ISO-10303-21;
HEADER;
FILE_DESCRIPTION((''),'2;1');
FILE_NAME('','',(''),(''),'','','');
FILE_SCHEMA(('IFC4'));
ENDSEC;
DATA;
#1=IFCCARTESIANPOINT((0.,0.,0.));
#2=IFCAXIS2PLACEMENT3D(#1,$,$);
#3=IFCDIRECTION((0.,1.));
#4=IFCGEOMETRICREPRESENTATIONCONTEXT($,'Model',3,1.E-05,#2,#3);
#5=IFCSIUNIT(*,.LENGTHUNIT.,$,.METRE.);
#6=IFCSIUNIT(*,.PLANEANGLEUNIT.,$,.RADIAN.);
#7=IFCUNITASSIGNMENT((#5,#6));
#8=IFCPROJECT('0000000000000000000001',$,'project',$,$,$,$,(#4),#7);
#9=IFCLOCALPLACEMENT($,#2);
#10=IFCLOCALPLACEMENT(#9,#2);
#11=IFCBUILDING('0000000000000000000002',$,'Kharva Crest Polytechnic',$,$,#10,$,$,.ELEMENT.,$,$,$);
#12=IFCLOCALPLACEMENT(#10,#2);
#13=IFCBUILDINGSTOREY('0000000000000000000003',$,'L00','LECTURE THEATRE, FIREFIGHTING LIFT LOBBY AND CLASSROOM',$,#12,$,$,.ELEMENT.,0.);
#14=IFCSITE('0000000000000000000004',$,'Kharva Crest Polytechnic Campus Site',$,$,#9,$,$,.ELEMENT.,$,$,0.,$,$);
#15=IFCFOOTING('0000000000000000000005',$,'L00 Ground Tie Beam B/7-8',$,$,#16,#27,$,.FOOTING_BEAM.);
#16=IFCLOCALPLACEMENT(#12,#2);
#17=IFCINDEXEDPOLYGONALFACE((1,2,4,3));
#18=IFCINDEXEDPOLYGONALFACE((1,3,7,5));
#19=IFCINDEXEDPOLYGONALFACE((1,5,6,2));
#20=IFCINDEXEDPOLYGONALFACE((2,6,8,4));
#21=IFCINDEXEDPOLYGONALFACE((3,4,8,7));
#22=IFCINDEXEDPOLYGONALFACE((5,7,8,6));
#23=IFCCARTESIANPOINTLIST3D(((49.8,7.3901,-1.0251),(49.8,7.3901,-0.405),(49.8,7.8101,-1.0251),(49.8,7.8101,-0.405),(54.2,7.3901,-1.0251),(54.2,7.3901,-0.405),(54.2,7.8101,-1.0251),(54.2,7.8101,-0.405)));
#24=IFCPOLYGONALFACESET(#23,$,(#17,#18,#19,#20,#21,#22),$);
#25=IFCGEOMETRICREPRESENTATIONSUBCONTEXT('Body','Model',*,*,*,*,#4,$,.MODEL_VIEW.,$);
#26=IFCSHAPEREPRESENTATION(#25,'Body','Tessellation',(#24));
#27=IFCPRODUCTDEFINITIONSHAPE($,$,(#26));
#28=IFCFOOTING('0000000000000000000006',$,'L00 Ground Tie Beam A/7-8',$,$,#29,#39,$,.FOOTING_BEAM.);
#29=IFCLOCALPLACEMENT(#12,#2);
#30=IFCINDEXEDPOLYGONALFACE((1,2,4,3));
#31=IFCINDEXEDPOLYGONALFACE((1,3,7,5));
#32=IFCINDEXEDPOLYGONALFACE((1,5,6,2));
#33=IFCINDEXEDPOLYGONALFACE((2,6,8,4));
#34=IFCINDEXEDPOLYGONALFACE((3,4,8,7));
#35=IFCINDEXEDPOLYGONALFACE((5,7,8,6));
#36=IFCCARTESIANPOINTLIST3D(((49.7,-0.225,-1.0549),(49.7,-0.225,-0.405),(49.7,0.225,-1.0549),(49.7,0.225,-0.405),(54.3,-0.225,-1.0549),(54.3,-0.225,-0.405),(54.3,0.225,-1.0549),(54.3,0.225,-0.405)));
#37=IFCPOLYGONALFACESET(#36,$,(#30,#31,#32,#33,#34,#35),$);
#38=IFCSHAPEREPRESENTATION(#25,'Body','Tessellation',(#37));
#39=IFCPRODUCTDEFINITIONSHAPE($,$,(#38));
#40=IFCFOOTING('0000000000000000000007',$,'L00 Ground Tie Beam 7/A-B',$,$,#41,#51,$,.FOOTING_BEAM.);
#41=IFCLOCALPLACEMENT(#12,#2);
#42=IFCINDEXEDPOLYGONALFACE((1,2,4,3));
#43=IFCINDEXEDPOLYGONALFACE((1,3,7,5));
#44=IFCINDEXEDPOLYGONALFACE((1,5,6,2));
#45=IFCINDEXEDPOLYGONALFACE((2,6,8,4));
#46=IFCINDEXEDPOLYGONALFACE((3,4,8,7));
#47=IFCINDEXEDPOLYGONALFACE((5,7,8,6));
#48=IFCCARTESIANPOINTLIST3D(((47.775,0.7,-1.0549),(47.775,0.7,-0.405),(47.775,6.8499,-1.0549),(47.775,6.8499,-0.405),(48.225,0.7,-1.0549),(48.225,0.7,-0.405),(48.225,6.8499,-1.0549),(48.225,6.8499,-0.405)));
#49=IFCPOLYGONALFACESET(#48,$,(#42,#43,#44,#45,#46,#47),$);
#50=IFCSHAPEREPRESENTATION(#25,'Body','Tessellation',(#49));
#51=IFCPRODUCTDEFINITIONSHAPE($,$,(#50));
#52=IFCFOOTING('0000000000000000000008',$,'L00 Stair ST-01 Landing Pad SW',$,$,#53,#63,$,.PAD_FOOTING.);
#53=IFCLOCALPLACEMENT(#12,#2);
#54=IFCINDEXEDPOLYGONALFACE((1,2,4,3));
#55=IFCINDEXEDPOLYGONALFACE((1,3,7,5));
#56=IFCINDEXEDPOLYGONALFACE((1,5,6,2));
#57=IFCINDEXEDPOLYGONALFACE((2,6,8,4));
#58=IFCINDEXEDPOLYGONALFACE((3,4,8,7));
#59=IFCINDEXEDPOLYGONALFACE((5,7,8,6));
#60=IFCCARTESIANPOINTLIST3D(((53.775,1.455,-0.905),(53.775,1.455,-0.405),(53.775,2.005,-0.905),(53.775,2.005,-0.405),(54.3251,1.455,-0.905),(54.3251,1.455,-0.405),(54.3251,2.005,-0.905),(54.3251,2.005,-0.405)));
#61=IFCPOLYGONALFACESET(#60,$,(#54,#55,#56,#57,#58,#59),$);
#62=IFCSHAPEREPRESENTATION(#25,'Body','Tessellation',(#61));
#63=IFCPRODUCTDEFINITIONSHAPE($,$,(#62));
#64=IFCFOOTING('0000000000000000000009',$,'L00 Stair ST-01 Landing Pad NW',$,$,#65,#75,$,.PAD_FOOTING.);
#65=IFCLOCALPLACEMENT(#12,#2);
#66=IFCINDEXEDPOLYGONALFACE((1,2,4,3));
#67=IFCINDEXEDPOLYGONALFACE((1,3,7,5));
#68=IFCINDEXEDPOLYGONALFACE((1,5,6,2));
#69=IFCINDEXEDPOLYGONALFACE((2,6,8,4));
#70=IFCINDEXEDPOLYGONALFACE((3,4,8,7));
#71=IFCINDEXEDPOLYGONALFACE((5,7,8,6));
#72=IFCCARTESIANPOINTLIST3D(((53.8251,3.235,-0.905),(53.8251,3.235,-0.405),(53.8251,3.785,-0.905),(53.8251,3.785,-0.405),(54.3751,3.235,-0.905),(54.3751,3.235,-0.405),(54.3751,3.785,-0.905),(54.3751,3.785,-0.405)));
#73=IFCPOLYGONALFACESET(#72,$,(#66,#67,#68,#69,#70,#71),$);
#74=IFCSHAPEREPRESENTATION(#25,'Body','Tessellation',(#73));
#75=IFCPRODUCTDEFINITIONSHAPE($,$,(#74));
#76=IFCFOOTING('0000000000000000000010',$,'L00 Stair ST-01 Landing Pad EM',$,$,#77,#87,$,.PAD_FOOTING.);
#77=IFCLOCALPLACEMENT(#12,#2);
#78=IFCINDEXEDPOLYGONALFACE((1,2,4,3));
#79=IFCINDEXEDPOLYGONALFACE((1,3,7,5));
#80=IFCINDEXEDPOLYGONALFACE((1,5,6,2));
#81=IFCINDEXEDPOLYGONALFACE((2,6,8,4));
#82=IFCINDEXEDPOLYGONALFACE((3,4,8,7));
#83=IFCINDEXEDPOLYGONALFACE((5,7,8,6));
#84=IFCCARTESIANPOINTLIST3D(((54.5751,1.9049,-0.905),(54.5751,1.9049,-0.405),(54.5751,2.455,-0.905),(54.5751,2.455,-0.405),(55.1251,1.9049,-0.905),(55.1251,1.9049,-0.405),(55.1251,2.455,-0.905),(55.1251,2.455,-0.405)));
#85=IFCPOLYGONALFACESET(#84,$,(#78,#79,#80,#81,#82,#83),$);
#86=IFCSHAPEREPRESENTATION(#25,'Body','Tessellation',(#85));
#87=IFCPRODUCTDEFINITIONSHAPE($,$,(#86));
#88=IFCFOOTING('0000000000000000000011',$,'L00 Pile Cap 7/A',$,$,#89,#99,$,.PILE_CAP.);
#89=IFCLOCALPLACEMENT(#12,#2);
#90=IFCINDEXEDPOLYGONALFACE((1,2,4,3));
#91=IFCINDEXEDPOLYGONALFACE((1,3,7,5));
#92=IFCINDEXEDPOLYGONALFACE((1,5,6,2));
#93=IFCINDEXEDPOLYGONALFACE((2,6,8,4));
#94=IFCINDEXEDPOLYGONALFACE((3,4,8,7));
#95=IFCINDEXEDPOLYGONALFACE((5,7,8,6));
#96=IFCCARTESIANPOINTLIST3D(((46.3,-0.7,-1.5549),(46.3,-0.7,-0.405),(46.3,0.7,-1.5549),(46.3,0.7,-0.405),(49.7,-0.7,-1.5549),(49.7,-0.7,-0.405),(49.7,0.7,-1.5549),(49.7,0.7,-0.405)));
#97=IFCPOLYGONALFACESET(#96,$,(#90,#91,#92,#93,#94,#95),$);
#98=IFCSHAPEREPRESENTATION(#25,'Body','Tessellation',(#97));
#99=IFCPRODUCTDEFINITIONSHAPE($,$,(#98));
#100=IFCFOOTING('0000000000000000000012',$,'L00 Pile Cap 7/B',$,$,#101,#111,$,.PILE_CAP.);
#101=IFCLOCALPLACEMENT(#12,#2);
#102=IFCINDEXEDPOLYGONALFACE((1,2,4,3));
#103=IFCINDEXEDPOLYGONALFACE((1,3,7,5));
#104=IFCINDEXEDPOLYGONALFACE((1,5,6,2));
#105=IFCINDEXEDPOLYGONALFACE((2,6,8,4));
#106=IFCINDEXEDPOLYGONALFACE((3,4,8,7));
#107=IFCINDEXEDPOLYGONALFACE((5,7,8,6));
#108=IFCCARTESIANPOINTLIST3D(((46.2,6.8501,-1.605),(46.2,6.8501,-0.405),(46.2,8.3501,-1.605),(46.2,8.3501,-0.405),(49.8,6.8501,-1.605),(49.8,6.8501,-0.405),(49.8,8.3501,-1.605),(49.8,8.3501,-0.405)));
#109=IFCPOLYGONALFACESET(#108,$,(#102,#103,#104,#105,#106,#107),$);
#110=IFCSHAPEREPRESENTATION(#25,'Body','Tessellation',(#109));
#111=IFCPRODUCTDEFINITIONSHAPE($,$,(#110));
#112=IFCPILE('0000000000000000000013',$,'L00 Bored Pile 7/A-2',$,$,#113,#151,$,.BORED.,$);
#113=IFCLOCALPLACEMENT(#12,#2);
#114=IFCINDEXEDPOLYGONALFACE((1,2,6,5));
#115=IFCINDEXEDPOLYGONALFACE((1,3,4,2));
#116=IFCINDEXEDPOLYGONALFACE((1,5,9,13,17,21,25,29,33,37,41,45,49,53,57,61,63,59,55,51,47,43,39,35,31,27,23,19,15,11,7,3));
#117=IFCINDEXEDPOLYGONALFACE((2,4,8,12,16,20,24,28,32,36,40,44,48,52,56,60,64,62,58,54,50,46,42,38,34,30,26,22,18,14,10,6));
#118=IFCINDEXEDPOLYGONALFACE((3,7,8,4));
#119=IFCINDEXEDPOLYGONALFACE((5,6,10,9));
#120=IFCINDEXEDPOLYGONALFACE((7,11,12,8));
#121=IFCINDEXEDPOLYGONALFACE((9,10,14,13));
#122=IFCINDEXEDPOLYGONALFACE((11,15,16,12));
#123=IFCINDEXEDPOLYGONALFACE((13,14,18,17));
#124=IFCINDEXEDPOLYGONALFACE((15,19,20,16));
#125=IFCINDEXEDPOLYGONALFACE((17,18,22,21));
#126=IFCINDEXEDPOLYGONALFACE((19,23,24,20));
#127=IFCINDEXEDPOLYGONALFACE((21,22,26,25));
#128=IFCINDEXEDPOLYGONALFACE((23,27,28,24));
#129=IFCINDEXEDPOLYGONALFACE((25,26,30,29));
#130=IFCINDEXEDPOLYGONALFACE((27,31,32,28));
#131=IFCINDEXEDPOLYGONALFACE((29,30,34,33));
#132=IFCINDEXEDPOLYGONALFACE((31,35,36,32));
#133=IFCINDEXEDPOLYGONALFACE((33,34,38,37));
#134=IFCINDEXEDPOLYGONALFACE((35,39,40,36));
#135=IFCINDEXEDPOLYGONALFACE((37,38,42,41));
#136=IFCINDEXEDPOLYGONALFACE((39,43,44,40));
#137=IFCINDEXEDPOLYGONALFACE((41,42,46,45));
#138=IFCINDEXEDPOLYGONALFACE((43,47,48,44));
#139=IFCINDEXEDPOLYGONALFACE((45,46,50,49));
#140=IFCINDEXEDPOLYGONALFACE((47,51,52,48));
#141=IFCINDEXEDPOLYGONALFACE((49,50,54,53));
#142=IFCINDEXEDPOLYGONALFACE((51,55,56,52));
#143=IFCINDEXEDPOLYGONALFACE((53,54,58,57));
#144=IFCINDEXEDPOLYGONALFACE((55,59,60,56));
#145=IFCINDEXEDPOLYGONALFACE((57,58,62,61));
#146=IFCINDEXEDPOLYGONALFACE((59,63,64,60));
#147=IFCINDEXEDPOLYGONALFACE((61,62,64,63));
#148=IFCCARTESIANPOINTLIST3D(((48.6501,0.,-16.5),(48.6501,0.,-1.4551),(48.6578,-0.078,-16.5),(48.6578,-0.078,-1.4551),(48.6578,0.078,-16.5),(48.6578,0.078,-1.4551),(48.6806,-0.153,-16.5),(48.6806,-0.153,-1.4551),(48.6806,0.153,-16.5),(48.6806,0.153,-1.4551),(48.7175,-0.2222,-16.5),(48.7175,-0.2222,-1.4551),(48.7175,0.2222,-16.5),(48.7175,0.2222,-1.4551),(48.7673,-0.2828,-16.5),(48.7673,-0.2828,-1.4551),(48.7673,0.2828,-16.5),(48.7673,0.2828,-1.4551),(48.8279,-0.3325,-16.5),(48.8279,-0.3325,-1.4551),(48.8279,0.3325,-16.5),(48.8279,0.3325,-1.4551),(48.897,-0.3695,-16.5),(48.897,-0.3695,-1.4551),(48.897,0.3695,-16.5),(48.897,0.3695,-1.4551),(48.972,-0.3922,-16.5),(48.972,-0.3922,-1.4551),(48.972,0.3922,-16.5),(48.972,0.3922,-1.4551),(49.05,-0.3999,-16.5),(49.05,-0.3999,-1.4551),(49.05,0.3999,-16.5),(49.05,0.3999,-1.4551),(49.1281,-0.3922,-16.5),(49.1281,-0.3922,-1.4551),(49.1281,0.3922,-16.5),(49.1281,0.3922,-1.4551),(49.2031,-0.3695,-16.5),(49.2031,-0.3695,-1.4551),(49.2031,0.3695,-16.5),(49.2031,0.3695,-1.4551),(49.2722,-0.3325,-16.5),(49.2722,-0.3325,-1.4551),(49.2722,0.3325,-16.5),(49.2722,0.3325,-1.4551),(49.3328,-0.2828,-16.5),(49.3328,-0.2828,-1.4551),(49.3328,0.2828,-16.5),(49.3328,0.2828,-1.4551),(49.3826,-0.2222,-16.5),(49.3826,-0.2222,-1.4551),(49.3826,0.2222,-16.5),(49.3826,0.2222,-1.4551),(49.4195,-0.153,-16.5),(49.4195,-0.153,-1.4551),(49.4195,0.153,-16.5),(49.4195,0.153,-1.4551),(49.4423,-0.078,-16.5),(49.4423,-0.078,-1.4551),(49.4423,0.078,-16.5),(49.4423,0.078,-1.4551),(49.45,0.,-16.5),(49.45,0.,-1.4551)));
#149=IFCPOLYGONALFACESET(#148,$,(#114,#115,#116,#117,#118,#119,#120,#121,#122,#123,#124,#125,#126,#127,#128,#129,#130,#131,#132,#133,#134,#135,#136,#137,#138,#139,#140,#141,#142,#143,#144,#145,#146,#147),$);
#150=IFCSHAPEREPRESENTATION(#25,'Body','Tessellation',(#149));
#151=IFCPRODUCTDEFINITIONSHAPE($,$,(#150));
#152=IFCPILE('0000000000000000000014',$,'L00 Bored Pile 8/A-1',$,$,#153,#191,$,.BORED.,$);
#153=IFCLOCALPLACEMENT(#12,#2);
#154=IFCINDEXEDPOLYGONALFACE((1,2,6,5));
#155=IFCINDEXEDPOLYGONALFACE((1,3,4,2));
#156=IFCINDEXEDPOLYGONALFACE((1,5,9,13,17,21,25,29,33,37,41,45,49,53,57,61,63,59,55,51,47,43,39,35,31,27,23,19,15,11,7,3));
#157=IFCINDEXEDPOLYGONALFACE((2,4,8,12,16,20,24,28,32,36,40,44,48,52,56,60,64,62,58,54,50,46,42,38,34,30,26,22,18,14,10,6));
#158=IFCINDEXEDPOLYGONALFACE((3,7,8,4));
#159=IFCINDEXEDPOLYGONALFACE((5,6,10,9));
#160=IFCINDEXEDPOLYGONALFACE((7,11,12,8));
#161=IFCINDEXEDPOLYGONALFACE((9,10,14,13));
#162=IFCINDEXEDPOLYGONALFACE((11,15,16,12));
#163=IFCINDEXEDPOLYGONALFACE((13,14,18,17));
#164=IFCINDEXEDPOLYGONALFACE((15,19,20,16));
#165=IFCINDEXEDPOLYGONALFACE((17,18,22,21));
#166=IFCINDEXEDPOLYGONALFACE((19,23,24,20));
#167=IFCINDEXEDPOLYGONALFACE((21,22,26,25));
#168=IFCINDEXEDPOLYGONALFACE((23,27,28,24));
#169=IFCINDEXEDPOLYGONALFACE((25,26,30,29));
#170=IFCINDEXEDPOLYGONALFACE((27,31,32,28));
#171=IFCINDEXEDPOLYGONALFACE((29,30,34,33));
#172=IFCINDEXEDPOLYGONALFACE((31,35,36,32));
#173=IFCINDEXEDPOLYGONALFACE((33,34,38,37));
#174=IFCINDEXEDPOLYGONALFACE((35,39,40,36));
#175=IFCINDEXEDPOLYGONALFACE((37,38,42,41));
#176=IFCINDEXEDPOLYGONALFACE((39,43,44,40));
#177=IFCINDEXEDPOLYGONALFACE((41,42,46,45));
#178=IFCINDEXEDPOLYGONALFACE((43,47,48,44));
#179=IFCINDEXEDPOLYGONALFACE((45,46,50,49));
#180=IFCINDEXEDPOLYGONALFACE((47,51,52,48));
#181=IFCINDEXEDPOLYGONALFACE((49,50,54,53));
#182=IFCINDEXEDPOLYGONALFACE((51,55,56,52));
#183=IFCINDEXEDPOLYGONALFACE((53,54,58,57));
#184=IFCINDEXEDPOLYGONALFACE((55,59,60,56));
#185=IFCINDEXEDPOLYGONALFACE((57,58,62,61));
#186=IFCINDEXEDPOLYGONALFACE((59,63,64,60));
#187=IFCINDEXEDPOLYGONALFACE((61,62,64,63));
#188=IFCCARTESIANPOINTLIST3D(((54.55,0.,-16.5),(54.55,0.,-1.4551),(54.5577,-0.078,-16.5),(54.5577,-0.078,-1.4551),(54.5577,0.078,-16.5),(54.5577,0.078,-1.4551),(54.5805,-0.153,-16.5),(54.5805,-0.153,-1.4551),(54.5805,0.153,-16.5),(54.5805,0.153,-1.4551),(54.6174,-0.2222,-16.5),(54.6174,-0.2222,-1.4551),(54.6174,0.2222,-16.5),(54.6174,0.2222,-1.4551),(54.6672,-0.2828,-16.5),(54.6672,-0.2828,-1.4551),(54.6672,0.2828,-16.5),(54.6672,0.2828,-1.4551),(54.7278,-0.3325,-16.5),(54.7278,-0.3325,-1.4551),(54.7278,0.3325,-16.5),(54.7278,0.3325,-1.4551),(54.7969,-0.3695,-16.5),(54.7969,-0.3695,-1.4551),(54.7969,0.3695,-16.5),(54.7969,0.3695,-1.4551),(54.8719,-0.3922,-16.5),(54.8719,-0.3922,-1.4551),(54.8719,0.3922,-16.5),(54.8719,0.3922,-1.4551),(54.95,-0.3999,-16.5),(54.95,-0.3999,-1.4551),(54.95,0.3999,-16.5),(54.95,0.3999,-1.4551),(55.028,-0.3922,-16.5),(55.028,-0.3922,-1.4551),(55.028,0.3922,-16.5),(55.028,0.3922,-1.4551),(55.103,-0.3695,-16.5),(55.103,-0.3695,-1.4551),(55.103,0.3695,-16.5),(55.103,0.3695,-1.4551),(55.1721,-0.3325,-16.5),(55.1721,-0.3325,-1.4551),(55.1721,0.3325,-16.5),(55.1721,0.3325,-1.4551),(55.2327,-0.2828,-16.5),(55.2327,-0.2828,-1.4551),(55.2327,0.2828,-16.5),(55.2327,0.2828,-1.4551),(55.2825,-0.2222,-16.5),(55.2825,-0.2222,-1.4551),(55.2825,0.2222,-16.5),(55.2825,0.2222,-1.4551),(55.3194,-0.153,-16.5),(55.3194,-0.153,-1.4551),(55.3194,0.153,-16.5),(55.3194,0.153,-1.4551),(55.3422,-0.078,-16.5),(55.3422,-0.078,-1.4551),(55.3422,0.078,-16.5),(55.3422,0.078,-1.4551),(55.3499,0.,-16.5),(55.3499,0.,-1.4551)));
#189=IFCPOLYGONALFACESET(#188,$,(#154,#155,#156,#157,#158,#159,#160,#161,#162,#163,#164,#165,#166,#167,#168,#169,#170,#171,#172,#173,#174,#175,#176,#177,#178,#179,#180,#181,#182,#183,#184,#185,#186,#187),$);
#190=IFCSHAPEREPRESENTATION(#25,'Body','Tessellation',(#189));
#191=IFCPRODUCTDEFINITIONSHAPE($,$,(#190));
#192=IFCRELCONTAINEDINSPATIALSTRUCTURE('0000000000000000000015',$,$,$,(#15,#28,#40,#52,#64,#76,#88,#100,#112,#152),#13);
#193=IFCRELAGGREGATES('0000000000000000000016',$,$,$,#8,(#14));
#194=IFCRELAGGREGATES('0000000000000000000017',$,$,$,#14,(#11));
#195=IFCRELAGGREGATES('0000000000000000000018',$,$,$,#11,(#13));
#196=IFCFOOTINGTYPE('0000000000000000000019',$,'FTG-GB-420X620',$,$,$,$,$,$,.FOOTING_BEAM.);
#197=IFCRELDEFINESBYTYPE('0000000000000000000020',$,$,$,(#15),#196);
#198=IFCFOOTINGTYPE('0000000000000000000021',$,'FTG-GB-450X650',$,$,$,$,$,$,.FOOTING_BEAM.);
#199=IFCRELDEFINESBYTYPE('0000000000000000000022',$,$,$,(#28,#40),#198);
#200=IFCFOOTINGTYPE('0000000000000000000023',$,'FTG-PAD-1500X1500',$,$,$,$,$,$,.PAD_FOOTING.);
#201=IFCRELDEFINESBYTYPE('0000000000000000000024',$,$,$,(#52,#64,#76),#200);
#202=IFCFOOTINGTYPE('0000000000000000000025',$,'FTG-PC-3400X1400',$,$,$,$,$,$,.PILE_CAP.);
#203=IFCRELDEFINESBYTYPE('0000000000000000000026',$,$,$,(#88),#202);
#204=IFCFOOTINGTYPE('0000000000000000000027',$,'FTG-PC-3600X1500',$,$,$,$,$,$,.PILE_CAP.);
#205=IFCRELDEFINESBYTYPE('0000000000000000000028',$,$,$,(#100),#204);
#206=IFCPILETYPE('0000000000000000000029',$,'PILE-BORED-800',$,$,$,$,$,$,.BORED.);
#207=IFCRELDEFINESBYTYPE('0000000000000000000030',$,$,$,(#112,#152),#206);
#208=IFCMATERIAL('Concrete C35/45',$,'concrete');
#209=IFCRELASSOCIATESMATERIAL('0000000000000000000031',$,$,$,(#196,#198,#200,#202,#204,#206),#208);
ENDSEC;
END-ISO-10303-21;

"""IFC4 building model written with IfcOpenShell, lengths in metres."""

from ifc_helpers import new_model, si_unit, direction, frame, origin, origin_2d, place, context, subcontext, project, spatial, rectangle, circle, extrude, material, material_profile, profile_set, type_object, element, save


model = new_model("IFC4")

# Units and contexts
model_context = context("Model", 3, precision=1e-05, world=origin(), true_north=direction((0.0, 1.0)))
body_context = subcontext(model_context, "Body", "Model", "MODEL_VIEW")
ifc_project = project(units=[si_unit("LENGTHUNIT", "METRE"), si_unit("PLANEANGLEUNIT", "RADIAN")], contexts=[model_context])

# Site, building, storey
site_placement = place(None, origin())
site = spatial("IfcSite", under=ifc_project, at=site_placement, Name="Kharva Crest Polytechnic Campus Site", CompositionType="ELEMENT", RefElevation=0.0)
building_placement = place(site_placement, origin())
building = spatial("IfcBuilding", under=site, at=building_placement, Name="Kharva Crest Polytechnic", CompositionType="ELEMENT")
storey_placement = place(building_placement, origin())
storey = spatial("IfcBuildingStorey", under=building, at=storey_placement, Name="L00", Description="LECTURE THEATRE, FIREFIGHTING LIFT LOBBY AND CLASSROOM", CompositionType="ELEMENT", Elevation=0.0)

# Footings
ifc_material_1 = material(Name="Concrete C35/45", Category="concrete")
footing_type_1 = type_object("IfcFootingType", Name="FTG-GB-420X620", PredefinedType="FOOTING_BEAM", material=ifc_material_1)
footing_1_placement = place(storey_placement, frame((52.0, 7.6001, -1.0251), z_axis=(0.0, 0.0, 1.0), x_axis=(1.0, 0.0, 0.0)))
element("IfcFooting", 1, at=footing_1_placement, inside=storey, type_object=footing_type_1, Name="L00 Ground Tie Beam B/7-8", PredefinedType="FOOTING_BEAM", context=body_context, shape_type="SweptSolid", body=[
    extrude(rectangle(XDim=4.3999, YDim=0.4199, at=origin_2d()), origin(), (0.0, 0.0, 1.0), 0.6201),
])
footing_type_2 = type_object("IfcFootingType", Name="FTG-GB-450X650", PredefinedType="FOOTING_BEAM", material=ifc_material_1)
footing_2_placement = place(storey_placement, frame((52.0, 0.0, -1.0549), z_axis=(0.0, 0.0, 1.0), x_axis=(1.0, 0.0, 0.0)))
element("IfcFooting", 2, at=footing_2_placement, inside=storey, type_object=footing_type_2, Name="L00 Ground Tie Beam A/7-8", PredefinedType="FOOTING_BEAM", context=body_context, shape_type="SweptSolid", body=[
    extrude(rectangle(XDim=4.6001, YDim=0.45, at=origin_2d()), origin(), (0.0, 0.0, 1.0), 0.6499),
])
footing_3_placement = place(storey_placement, frame((48.0, 3.7749, -1.0549), z_axis=(0.0, 0.0, 1.0), x_axis=(0.0, 1.0, 0.0)))
element("IfcFooting", 3, at=footing_3_placement, inside=storey, type_object=footing_type_2, Name="L00 Ground Tie Beam 7/A-B", PredefinedType="FOOTING_BEAM", context=body_context, shape_type="SweptSolid", body=[
    extrude(rectangle(XDim=6.1499, YDim=0.45, at=origin_2d()), origin(), (0.0, 0.0, 1.0), 0.6499),
])
footing_type_3 = type_object("IfcFootingType", Name="FTG-PAD-1500X1500", PredefinedType="PAD_FOOTING", material=ifc_material_1)
for number, where, z_axis, x_axis, name in (
    (4, (54.05, 1.73, -0.905), (0.0, 0.0, 1.0), (1.0, 0.0, 0.0), "L00 Stair ST-01 Landing Pad SW"),
    (5, (54.1001, 3.51, -0.905), (0.0, 0.0, 1.0), (1.0, 0.0, 0.0), "L00 Stair ST-01 Landing Pad NW"),
    (6, (54.8501, 2.1799, -0.905), (0.0, 0.0, 1.0), (1.0, 0.0, 0.0), "L00 Stair ST-01 Landing Pad EM"),
):
    element("IfcFooting", number, at=place(storey_placement, frame(where, z_axis=z_axis, x_axis=x_axis)), inside=storey, type_object=footing_type_3, Name=name, PredefinedType="PAD_FOOTING", context=body_context, shape_type="SweptSolid", body=[
        extrude(rectangle(XDim=0.55, YDim=0.55, at=origin_2d()), origin(), (0.0, 0.0, 1.0), 0.5),
    ])
footing_type_4 = type_object("IfcFootingType", Name="FTG-PC-3400X1400", PredefinedType="PILE_CAP", material=ifc_material_1)
footing_4_placement = place(storey_placement, frame((48.0, 0.0, -1.5549), z_axis=(0.0, 0.0, 1.0), x_axis=(1.0, 0.0, 0.0)))
element("IfcFooting", 7, at=footing_4_placement, inside=storey, type_object=footing_type_4, Name="L00 Pile Cap 7/A", PredefinedType="PILE_CAP", context=body_context, shape_type="SweptSolid", body=[
    extrude(rectangle(XDim=3.3999, YDim=1.3999, at=origin_2d()), origin(), (0.0, 0.0, 1.0), 1.1499),
])
footing_type_5 = type_object("IfcFootingType", Name="FTG-PC-3600X1500", PredefinedType="PILE_CAP", material=ifc_material_1)
footing_5_placement = place(storey_placement, frame((48.0, 7.6001, -1.605), z_axis=(0.0, 0.0, 1.0), x_axis=(1.0, 0.0, 0.0)))
element("IfcFooting", 8, at=footing_5_placement, inside=storey, type_object=footing_type_5, Name="L00 Pile Cap 7/B", PredefinedType="PILE_CAP", context=body_context, shape_type="SweptSolid", body=[
    extrude(rectangle(XDim=3.6001, YDim=1.5, at=origin_2d()), origin(), (0.0, 0.0, 1.0), 1.2),
])

# Piles
ifc_material_profile_1 = material_profile(ifc_material_1, circle(Radius=0.3999, at=origin_2d()), Name="DIA 800")
ifc_profile_set_1 = profile_set([ifc_material_profile_1], Name="Concrete C35/45")
pile_type_1 = type_object("IfcPileType", Name="PILE-BORED-800", PredefinedType="BORED", material=ifc_profile_set_1)
for number, where, z_axis, x_axis, name in (
    (9, (49.05, 0.0, -1.4551), (0.0, 0.0, -1.0), (1.0, 0.0, 0.0), "L00 Bored Pile 7/A-2"),
    (10, (54.95, 0.0, -1.4551), (0.0, 0.0, -1.0), (1.0, 0.0, 0.0), "L00 Bored Pile 8/A-1"),
):
    element("IfcPile", number, at=place(storey_placement, frame(where, z_axis=z_axis, x_axis=x_axis)), inside=storey, type_object=pile_type_1, Name=name, PredefinedType="BORED", context=body_context, shape_type="SweptSolid", body=[
        extrude(circle(Radius=0.3999, at=origin_2d()), origin(), (0.0, 0.0, 1.0), 15.0449),
    ])

save(model, "model.ifc")
